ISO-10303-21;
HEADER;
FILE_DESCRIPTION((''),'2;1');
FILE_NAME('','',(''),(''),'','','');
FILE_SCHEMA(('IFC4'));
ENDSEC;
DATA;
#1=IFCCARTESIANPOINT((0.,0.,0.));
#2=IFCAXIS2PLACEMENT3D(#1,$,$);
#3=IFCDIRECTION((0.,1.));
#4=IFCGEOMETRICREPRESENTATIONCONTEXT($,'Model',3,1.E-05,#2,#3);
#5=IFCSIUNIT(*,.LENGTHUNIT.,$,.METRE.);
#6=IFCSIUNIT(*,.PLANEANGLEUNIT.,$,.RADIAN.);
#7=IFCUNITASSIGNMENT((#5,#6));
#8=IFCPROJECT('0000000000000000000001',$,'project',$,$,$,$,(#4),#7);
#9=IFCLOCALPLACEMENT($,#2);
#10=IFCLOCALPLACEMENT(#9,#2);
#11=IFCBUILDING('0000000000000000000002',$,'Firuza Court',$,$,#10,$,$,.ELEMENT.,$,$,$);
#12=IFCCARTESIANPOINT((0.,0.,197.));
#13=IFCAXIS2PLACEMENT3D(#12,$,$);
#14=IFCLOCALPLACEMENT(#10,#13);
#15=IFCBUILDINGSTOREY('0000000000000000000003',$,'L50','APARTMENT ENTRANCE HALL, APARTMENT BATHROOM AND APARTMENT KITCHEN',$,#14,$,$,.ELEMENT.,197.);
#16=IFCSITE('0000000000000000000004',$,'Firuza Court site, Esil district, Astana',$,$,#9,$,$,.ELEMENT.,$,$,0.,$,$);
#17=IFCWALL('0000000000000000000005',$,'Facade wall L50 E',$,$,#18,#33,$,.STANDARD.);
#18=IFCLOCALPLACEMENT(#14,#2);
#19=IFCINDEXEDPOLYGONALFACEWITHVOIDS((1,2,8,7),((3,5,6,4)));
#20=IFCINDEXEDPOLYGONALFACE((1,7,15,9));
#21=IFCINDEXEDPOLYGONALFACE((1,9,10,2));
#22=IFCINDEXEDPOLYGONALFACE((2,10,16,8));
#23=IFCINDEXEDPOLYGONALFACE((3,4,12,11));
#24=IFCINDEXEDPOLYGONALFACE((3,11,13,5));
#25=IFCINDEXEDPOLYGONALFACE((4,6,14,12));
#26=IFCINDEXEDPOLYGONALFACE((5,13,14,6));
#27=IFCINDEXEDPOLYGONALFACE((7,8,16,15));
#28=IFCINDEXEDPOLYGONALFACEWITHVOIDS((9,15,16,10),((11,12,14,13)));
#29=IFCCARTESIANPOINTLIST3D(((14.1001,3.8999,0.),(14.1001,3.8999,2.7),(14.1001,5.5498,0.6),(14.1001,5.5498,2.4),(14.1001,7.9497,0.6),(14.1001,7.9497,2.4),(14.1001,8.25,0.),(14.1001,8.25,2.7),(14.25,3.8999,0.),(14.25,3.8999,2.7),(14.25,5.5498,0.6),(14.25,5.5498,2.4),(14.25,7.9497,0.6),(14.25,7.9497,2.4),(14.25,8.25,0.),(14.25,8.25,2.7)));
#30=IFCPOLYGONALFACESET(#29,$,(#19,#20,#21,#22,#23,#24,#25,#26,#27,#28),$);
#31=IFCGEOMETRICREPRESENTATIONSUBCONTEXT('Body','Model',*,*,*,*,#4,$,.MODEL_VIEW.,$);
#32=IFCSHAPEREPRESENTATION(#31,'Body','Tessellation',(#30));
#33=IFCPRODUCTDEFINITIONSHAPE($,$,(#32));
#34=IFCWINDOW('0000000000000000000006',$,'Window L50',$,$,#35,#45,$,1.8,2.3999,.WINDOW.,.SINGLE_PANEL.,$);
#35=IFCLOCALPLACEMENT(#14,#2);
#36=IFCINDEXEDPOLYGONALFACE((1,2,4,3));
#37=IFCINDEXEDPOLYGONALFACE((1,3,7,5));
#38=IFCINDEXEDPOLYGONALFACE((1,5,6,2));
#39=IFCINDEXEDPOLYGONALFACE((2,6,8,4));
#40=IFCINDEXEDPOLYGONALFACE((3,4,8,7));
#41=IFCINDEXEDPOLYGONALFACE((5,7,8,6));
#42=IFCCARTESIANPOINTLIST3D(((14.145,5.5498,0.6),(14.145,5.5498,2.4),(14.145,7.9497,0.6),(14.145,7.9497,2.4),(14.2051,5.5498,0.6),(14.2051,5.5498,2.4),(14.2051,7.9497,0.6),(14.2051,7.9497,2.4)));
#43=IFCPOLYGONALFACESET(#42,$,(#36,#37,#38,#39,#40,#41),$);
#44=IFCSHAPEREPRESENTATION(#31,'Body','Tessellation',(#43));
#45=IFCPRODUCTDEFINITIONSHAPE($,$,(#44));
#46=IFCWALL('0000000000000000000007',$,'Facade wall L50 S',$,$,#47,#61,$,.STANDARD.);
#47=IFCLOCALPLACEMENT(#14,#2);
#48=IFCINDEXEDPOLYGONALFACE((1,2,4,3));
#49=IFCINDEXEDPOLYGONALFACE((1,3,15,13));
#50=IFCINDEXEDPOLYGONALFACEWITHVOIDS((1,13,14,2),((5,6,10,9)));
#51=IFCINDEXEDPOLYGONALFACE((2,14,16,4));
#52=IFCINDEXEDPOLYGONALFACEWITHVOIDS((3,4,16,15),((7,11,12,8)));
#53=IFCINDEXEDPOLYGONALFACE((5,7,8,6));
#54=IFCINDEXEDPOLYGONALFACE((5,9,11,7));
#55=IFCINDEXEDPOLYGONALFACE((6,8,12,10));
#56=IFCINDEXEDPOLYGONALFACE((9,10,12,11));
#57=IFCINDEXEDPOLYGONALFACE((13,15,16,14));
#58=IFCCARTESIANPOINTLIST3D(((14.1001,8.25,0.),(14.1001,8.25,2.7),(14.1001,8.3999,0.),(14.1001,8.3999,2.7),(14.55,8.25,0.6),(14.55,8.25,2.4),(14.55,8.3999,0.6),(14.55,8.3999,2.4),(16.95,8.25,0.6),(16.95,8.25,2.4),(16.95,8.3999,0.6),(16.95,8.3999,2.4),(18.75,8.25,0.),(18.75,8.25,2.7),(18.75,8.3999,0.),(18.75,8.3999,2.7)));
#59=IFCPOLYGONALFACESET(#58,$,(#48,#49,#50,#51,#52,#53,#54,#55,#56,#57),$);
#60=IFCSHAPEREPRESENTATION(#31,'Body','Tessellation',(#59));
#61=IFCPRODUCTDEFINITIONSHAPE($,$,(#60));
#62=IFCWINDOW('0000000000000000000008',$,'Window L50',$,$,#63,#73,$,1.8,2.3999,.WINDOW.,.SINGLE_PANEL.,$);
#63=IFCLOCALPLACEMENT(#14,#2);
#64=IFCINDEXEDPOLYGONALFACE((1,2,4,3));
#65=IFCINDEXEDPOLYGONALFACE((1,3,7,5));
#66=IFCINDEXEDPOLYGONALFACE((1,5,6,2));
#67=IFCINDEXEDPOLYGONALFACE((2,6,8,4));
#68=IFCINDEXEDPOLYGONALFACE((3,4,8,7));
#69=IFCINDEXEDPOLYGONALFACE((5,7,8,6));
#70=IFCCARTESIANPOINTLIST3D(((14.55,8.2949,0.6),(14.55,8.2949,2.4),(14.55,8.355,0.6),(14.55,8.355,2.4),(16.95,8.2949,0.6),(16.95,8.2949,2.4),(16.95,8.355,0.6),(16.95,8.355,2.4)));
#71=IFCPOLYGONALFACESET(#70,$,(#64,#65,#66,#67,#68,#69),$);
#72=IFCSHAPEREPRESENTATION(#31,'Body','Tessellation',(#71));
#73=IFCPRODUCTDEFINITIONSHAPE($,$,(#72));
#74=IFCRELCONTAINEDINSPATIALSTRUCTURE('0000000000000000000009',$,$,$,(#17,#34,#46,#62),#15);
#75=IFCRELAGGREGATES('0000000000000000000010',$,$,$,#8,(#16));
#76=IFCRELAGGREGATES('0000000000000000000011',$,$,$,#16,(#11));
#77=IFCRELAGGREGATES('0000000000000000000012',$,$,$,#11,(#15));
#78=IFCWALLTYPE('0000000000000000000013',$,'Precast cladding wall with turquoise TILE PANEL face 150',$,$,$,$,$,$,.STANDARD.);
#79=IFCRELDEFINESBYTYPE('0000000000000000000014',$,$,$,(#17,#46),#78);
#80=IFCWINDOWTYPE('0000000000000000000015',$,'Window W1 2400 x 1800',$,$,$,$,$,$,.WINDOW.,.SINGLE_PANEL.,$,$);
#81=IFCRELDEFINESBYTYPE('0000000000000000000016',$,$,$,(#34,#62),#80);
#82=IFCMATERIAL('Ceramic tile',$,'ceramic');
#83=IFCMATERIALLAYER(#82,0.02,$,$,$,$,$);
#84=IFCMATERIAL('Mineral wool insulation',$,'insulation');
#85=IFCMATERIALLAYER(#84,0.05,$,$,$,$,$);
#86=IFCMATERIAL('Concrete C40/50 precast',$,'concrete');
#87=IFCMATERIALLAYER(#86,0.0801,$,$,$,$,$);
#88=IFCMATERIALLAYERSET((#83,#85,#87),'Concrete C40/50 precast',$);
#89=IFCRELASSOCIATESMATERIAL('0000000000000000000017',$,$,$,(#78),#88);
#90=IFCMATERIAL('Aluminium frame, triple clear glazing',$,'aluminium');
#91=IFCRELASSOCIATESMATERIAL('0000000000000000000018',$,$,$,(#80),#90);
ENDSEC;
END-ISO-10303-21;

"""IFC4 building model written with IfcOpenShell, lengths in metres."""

from ifc_helpers import new_model, si_unit, direction, frame, frame_2d, origin, place, context, subcontext, project, spatial, rectangle, extrude, material, layer, layer_set, type_object, element, fill, save


model = new_model("IFC4")

# Units and contexts
model_context = context("Model", 3, precision=1e-05, world=origin(), true_north=direction((0.0, 1.0)))
body_context = subcontext(model_context, "Body", "Model", "MODEL_VIEW")
ifc_project = project(units=[si_unit("LENGTHUNIT", "METRE"), si_unit("PLANEANGLEUNIT", "RADIAN")], contexts=[model_context])

# Site, building, storey
site_placement = place(None, origin())
site = spatial("IfcSite", under=ifc_project, at=site_placement, Name="Firuza Court site, Esil district, Astana", CompositionType="ELEMENT", RefElevation=0.0)
building_placement = place(site_placement, origin())
building = spatial("IfcBuilding", under=site, at=building_placement, Name="Firuza Court", CompositionType="ELEMENT")
storey_placement = place(building_placement, frame((0.0, 0.0, 197.0)))
storey = spatial("IfcBuildingStorey", under=building, at=storey_placement, Name="L50", Description="APARTMENT ENTRANCE HALL, APARTMENT BATHROOM AND APARTMENT KITCHEN", CompositionType="ELEMENT", Elevation=197.0)

# Shared definitions
ifc_material_1 = material(Name="Ceramic tile", Category="ceramic")
ifc_layer_1 = layer(ifc_material_1, 0.02)
ifc_material_2 = material(Name="Mineral wool insulation", Category="insulation")
ifc_layer_2 = layer(ifc_material_2, 0.05)
ifc_material_3 = material(Name="Concrete C40/50 precast", Category="concrete")
ifc_layer_3 = layer(ifc_material_3, 0.0801)
ifc_layer_set_1 = layer_set([ifc_layer_1, ifc_layer_2, ifc_layer_3], Name="Concrete C40/50 precast")
wall_type_1 = type_object("IfcWallType", Name="Precast cladding wall with turquoise TILE PANEL face 150", PredefinedType="STANDARD", material=ifc_layer_set_1)

# Walls, openings, windows
wall_1_placement = place(storey_placement, frame((14.175, 3.8999, 0.0), z_axis=(0.0, 0.0, 1.0), x_axis=(0.0, 1.0, 0.0)))
wall_1 = element("IfcWall", 1, at=wall_1_placement, inside=storey, type_object=wall_type_1, Name="Facade wall L50 E", PredefinedType="STANDARD", context=body_context, shape_type="SweptSolid", body=[
    extrude(rectangle(XDim=4.3501, YDim=0.1499, at=frame_2d((2.175, 0.0))), origin(), (0.0, 0.0, 1.0), 2.7),
])
opening_1_placement = place(wall_1_placement, frame((1.6499, 0.0, 0.6001)))
opening_1 = element("IfcOpeningElement", 2, at=opening_1_placement, cuts=wall_1, PredefinedType="OPENING", context=body_context, shape_type="SweptSolid", body=[
    extrude(rectangle(XDim=2.3999, YDim=1.8, at=frame_2d((1.2, 0.8999))), frame((0.0, 0.0869, 0.0), z_axis=(0.0, -1.0, 0.0), x_axis=(1.0, 0.0, 0.0)), (0.0, 0.0, 1.0), 0.1738),
])
ifc_material_4 = material(Name="Aluminium frame, triple clear glazing", Category="aluminium")
window_type = type_object("IfcWindowType", Name="Window W1 2400 x 1800", PartitioningType="SINGLE_PANEL", PredefinedType="WINDOW", material=ifc_material_4)
window_1_placement = place(opening_1_placement, origin())
window_1 = element("IfcWindow", 3, at=window_1_placement, inside=storey, type_object=window_type, Name="Window L50", OverallHeight=1.8, OverallWidth=2.3999, PartitioningType="SINGLE_PANEL", PredefinedType="WINDOW", context=body_context, shape_type="SweptSolid", body=[
    extrude(rectangle(XDim=2.3999, YDim=1.8, at=frame_2d((1.2, 0.8999))), frame((0.0, 0.03, 0.0), z_axis=(0.0, -1.0, 0.0), x_axis=(1.0, 0.0, 0.0)), (0.0, 0.0, 1.0), 0.0601),
])
fill(opening_1, window_1)
wall_2_placement = place(storey_placement, frame((14.1001, 8.325, 0.0), z_axis=(0.0, 0.0, 1.0), x_axis=(1.0, 0.0, 0.0)))
wall_2 = element("IfcWall", 4, at=wall_2_placement, inside=storey, type_object=wall_type_1, Name="Facade wall L50 S", PredefinedType="STANDARD", context=body_context, shape_type="SweptSolid", body=[
    extrude(rectangle(XDim=4.6499, YDim=0.1499, at=frame_2d((2.325, 0.0))), origin(), (0.0, 0.0, 1.0), 2.7),
])
opening_2_placement = place(wall_2_placement, frame((0.45, 0.0, 0.6001)))
opening_2 = element("IfcOpeningElement", 5, at=opening_2_placement, cuts=wall_2, PredefinedType="OPENING", context=body_context, shape_type="SweptSolid", body=[
    extrude(rectangle(XDim=2.3999, YDim=1.8, at=frame_2d((1.2, 0.8999))), frame((0.0, 0.0869, 0.0), z_axis=(0.0, -1.0, 0.0), x_axis=(1.0, 0.0, 0.0)), (0.0, 0.0, 1.0), 0.1738),
])
window_2_placement = place(opening_2_placement, origin())
window_2 = element("IfcWindow", 6, at=window_2_placement, inside=storey, type_object=window_type, Name="Window L50", OverallHeight=1.8, OverallWidth=2.3999, PartitioningType="SINGLE_PANEL", PredefinedType="WINDOW", context=body_context, shape_type="SweptSolid", body=[
    extrude(rectangle(XDim=2.3999, YDim=1.8, at=frame_2d((1.2, 0.8999))), frame((0.0, 0.03, 0.0), z_axis=(0.0, -1.0, 0.0), x_axis=(1.0, 0.0, 0.0)), (0.0, 0.0, 1.0), 0.0601),
])
fill(opening_2, window_2)

save(model, "model.ifc")
